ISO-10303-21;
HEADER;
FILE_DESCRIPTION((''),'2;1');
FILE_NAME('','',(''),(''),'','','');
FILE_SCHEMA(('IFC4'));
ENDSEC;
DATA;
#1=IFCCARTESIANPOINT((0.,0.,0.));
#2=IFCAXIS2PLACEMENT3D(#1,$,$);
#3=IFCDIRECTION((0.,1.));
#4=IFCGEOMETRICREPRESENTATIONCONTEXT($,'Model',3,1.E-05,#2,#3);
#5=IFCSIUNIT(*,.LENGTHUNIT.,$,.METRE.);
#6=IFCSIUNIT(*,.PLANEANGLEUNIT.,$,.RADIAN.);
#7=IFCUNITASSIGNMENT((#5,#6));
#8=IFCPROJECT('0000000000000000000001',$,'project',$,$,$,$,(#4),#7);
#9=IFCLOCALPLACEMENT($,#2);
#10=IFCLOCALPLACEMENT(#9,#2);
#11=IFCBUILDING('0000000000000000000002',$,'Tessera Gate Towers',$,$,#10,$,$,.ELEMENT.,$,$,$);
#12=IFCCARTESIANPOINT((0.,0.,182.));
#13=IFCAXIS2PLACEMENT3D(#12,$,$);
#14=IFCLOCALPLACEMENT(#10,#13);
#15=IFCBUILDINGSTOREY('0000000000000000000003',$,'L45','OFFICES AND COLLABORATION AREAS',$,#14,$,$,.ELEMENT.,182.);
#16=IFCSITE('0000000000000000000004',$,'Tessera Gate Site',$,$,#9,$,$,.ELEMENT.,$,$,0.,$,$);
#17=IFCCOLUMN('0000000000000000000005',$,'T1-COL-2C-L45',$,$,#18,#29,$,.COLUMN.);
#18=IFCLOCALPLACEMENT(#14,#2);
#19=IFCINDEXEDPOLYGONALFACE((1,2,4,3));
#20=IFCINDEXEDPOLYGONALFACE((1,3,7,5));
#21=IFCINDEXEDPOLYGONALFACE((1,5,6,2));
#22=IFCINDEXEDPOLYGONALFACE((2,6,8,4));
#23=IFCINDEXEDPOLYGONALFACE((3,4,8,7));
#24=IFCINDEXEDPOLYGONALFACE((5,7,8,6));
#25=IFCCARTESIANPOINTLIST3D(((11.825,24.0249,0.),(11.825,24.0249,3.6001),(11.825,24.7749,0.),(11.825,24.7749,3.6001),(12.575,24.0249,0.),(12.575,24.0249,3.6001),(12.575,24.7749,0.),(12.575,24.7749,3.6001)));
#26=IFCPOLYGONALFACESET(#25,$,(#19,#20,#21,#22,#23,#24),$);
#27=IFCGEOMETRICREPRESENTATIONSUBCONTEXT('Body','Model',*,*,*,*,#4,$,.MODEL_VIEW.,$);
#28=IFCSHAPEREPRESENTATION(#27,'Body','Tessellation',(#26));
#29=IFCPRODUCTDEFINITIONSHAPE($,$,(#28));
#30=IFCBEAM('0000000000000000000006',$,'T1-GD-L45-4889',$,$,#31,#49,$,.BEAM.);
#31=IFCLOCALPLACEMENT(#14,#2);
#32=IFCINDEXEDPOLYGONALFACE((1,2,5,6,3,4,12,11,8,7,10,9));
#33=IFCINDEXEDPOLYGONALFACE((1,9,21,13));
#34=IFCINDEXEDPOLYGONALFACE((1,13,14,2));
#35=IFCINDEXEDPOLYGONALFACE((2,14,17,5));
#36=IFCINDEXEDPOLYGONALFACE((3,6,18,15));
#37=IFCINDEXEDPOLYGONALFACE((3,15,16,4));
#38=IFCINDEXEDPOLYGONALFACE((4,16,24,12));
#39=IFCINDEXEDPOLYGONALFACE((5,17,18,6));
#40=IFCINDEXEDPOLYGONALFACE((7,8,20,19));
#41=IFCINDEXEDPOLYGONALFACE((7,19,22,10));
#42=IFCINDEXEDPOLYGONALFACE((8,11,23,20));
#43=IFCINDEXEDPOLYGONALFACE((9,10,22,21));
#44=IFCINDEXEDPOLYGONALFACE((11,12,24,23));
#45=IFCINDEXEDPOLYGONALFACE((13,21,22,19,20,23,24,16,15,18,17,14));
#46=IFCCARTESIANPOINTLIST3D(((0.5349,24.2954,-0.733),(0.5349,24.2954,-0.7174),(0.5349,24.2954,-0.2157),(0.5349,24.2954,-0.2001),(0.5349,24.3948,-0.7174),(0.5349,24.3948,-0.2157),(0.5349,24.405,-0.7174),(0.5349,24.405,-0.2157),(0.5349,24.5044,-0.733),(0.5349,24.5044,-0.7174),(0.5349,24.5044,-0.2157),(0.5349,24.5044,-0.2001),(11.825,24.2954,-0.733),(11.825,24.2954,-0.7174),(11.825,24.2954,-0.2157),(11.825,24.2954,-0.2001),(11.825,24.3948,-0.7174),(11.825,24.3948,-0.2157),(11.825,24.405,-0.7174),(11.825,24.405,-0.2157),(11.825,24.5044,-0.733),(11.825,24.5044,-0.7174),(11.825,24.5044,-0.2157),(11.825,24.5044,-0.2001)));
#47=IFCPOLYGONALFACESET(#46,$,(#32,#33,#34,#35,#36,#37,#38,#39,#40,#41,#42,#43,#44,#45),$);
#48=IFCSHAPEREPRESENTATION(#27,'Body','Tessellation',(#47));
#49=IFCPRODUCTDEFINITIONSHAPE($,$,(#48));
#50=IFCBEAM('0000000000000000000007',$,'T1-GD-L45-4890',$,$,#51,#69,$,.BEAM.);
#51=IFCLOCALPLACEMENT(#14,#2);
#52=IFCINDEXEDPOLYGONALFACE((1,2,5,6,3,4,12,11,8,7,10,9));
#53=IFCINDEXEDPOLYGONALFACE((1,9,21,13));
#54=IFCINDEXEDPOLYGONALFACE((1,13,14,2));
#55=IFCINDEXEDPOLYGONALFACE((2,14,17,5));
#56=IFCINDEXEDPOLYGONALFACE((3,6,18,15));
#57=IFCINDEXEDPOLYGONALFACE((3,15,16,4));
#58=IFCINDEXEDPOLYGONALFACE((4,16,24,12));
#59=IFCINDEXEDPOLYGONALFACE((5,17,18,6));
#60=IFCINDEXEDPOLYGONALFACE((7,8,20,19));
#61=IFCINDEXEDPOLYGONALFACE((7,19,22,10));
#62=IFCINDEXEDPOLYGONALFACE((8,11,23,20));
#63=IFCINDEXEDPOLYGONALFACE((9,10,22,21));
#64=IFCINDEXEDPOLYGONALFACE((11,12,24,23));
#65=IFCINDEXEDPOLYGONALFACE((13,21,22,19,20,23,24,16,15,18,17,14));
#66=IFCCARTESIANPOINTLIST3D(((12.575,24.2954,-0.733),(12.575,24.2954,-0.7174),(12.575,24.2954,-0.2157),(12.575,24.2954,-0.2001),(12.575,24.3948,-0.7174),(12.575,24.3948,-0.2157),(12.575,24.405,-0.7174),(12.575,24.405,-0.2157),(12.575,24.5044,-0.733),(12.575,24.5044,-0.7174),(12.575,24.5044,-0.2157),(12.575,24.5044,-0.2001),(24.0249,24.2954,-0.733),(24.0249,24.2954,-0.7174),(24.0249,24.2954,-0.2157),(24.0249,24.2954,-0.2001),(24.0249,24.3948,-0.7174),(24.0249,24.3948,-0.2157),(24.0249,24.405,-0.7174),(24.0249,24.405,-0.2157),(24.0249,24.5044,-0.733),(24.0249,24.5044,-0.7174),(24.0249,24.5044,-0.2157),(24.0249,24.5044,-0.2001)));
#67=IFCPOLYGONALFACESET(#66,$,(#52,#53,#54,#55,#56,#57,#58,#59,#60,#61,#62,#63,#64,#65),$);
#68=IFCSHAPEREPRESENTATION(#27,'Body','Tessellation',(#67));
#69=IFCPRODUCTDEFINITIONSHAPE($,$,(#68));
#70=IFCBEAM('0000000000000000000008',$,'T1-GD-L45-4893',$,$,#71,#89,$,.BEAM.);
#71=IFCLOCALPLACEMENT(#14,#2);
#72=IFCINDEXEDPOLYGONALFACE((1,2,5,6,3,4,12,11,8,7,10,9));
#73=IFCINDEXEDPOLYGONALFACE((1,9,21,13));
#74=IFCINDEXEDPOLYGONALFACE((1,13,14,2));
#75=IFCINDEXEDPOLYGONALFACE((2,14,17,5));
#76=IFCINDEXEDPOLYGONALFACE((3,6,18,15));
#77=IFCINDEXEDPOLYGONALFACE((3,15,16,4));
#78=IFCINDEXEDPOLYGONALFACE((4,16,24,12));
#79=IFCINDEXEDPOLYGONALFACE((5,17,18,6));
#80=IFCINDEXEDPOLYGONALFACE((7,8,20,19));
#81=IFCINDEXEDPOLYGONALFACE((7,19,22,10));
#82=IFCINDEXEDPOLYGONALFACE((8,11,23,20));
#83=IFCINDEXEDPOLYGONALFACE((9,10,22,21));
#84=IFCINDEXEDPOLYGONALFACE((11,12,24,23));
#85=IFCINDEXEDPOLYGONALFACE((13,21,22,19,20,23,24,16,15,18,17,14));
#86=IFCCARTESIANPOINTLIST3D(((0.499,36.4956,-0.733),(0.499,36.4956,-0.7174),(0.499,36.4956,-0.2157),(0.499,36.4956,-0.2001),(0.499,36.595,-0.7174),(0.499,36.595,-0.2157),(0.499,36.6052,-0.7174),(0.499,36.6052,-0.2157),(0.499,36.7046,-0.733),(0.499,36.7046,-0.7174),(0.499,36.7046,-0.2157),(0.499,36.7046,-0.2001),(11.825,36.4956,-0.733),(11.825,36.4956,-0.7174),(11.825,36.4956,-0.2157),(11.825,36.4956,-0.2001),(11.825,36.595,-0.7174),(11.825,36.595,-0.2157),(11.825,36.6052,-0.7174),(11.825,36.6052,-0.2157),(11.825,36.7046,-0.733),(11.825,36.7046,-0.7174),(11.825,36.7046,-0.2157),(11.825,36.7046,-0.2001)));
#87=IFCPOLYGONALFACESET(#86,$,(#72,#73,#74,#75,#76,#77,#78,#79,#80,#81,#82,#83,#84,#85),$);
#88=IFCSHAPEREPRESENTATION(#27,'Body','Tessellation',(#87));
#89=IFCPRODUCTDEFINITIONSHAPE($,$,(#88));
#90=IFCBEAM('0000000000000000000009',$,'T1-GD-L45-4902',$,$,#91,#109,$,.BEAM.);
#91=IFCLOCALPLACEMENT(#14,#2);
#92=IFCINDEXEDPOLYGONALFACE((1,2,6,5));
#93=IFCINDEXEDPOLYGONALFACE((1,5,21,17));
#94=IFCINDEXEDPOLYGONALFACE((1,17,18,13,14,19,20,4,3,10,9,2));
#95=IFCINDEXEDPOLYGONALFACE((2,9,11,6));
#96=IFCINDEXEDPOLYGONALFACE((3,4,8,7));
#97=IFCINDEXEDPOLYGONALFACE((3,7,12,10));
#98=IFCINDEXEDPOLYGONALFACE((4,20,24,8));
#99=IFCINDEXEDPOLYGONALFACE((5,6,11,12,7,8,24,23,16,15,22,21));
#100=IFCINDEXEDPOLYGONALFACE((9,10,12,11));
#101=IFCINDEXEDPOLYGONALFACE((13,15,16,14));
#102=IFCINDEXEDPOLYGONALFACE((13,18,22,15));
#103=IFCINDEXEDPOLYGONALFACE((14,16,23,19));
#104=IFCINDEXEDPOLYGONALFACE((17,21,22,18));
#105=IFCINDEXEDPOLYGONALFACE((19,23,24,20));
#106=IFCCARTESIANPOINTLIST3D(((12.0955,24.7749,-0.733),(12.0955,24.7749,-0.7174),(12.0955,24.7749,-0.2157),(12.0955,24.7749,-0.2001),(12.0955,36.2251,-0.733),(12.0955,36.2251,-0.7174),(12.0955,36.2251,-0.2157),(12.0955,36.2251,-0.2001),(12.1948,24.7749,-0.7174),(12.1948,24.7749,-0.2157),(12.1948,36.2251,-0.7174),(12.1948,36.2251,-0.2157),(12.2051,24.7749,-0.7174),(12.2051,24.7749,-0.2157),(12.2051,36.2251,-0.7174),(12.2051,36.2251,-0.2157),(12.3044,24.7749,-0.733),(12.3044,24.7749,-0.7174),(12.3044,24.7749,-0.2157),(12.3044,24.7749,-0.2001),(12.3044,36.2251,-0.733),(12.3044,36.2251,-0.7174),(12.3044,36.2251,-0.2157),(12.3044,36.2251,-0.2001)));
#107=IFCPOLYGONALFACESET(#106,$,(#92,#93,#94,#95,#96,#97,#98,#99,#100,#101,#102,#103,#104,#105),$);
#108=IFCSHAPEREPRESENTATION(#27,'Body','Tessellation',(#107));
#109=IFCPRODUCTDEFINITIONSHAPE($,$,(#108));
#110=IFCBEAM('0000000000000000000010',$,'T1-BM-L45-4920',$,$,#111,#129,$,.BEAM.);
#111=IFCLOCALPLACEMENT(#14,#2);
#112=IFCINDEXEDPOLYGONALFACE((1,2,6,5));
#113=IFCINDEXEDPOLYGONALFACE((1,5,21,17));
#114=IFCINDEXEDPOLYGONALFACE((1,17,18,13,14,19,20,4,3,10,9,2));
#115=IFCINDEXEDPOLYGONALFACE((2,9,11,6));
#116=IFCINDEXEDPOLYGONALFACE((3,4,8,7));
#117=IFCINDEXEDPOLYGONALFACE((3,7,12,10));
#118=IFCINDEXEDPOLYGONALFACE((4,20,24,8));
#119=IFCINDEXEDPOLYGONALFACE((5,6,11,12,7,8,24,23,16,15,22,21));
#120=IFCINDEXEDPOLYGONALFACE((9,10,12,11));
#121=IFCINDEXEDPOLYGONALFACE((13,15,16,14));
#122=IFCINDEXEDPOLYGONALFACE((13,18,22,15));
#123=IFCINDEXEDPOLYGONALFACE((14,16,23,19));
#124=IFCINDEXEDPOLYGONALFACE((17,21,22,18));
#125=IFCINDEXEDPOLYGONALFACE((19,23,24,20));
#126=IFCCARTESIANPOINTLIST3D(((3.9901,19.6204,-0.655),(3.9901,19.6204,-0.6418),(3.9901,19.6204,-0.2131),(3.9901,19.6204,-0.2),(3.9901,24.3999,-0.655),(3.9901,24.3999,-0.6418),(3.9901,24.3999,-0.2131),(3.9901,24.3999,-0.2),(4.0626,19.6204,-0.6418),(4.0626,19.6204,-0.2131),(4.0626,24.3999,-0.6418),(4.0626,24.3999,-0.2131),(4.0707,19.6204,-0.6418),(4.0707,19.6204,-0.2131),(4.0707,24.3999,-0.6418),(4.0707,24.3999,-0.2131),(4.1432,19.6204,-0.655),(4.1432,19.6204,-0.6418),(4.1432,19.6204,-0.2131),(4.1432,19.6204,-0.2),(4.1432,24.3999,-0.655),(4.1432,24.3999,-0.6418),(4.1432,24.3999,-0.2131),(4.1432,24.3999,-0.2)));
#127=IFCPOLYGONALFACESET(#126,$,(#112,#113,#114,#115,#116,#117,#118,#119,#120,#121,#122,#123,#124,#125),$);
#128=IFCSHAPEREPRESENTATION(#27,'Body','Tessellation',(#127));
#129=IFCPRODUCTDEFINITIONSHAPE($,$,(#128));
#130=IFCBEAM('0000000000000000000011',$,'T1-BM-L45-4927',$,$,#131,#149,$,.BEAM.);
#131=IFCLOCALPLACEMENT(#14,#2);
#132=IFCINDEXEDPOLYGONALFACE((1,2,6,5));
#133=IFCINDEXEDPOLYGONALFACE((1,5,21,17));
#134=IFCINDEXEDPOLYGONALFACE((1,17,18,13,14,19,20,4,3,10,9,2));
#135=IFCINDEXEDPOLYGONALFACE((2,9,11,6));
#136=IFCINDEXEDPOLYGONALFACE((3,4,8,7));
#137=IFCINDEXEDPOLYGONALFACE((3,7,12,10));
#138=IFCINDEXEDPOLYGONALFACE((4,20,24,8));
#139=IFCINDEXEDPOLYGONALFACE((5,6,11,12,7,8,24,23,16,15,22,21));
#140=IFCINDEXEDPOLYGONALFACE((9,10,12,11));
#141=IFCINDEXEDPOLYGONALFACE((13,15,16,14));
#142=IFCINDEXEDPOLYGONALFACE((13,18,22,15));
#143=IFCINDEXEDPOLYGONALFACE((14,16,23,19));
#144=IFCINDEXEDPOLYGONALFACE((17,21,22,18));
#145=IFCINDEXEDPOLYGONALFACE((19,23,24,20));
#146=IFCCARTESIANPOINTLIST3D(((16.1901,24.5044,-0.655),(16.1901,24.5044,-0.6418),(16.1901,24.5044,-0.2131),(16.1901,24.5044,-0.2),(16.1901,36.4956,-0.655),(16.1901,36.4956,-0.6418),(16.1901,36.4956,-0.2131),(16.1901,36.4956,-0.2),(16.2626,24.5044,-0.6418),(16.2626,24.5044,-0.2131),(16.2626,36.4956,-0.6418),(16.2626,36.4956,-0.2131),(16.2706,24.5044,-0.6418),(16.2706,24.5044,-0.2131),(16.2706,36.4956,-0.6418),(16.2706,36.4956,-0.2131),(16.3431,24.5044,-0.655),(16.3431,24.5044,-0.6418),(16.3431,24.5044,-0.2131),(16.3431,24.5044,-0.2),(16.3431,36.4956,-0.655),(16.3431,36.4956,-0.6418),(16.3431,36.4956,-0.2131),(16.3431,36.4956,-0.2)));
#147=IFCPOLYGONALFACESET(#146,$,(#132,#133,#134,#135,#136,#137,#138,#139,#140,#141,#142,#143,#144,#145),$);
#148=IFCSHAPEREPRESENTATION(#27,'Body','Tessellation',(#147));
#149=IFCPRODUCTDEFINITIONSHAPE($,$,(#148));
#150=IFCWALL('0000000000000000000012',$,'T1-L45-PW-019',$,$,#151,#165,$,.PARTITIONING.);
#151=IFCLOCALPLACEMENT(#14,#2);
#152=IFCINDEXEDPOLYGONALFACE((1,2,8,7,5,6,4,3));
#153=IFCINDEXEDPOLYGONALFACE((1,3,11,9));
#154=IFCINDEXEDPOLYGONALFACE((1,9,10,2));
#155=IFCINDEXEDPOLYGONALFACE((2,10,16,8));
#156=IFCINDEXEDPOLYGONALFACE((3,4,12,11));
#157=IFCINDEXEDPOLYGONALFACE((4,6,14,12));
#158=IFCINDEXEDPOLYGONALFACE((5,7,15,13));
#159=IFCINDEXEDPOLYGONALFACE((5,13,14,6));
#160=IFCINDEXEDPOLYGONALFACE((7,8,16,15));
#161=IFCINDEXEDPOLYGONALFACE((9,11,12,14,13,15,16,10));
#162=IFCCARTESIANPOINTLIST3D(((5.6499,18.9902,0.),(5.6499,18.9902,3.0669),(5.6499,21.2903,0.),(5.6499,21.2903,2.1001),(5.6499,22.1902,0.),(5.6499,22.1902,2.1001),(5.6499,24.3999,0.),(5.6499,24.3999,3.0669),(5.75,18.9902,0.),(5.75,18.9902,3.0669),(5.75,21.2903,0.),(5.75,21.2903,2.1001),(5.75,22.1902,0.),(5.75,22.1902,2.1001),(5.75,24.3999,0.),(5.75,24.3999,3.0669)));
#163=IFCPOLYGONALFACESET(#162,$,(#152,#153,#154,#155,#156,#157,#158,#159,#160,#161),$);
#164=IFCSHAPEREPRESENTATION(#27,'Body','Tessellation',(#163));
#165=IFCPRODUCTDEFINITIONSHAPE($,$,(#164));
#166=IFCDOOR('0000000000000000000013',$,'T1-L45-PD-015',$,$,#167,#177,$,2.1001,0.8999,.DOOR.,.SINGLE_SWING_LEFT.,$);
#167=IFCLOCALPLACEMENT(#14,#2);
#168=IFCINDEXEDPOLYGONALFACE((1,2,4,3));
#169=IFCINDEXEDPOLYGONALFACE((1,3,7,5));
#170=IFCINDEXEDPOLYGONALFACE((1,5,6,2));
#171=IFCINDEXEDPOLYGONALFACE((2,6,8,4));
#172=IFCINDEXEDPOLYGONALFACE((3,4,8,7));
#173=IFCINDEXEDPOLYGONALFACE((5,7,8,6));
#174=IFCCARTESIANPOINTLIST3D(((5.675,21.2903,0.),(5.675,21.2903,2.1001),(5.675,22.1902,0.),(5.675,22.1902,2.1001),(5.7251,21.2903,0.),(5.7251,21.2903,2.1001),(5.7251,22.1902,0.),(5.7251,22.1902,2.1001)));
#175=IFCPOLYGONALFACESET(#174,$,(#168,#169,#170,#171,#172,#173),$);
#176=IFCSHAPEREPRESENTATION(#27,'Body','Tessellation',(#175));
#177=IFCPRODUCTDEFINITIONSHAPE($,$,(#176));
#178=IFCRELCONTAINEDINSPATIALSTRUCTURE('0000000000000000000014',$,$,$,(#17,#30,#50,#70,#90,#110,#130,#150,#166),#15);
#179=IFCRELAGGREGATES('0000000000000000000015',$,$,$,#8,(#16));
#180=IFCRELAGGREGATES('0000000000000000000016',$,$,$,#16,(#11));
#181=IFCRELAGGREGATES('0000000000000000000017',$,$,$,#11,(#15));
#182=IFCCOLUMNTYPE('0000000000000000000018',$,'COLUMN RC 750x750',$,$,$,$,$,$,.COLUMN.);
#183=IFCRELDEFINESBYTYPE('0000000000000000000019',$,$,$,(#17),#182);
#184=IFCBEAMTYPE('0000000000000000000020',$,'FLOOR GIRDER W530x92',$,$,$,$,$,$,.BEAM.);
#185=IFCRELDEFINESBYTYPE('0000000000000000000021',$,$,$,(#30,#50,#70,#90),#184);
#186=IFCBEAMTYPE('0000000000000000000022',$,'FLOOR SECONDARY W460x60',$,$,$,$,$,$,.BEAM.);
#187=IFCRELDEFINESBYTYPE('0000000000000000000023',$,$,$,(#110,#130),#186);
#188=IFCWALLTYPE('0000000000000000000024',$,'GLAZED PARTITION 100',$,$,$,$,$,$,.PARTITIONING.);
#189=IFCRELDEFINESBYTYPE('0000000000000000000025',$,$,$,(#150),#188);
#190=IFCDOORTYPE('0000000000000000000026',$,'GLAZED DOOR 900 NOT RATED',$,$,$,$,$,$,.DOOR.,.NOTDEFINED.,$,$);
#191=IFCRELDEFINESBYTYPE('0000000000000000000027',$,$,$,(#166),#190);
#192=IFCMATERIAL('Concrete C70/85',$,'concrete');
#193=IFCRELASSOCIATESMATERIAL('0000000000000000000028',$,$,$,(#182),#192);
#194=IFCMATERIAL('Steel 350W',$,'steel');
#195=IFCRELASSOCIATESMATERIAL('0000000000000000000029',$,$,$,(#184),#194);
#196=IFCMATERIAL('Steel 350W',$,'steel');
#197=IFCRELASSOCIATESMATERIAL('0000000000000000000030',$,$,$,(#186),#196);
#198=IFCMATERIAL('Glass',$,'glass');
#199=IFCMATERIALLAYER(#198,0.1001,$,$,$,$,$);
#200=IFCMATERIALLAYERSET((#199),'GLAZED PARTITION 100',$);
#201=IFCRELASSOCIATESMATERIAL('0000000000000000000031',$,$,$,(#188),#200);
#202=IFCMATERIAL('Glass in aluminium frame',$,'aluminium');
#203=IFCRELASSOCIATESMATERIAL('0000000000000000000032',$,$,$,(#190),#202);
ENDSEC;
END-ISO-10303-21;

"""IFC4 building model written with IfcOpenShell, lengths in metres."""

from ifc_helpers import new_model, si_unit, direction, frame, frame_2d, origin, origin_2d, place, context, subcontext, project, spatial, rectangle, i_section, extrude, source, transform, mapped, material, layer, layer_set, material_profile, profile_set, type_object, element, fill, save


model = new_model("IFC4")

# Units and contexts
model_context = context("Model", 3, precision=1e-05, world=origin(), true_north=direction((0.0, 1.0)))
body_context = subcontext(model_context, "Body", "Model", "MODEL_VIEW")
ifc_project = project(units=[si_unit("LENGTHUNIT", "METRE"), si_unit("PLANEANGLEUNIT", "RADIAN")], contexts=[model_context])

# Site, building, storey
site_placement = place(None, origin())
site = spatial("IfcSite", under=ifc_project, at=site_placement, Name="Tessera Gate Site", CompositionType="ELEMENT", RefElevation=0.0)
building_placement = place(site_placement, origin())
building = spatial("IfcBuilding", under=site, at=building_placement, Name="Tessera Gate Towers", CompositionType="ELEMENT")
storey_placement = place(building_placement, frame((0.0, 0.0, 182.0)))
storey = spatial("IfcBuildingStorey", under=building, at=storey_placement, Name="L45", Description="OFFICES AND COLLABORATION AREAS", CompositionType="ELEMENT", Elevation=182.0)

# Column
ifc_material_1 = material(Name="Concrete C70/85", Category="concrete")
ifc_material_profile_1 = material_profile(ifc_material_1, rectangle(XDim=0.75, YDim=0.75, at=origin_2d()), Name="RC 750x750")
ifc_profile_set_1 = profile_set([ifc_material_profile_1], Name="Concrete C70/85")
column_type = type_object("IfcColumnType", Name="COLUMN RC 750x750", PredefinedType="COLUMN", material=ifc_profile_set_1)
column_placement = place(storey_placement, frame((12.2, 24.3999, 0.0), z_axis=(0.0, 0.0, 1.0), x_axis=(1.0, 0.0, 0.0)))
element("IfcColumn", 1, at=column_placement, inside=storey, type_object=column_type, Name="T1-COL-2C-L45", PredefinedType="COLUMN", context=body_context, shape_type="SweptSolid", body=[
    extrude(rectangle(XDim=0.75, YDim=0.75, at=origin_2d()), origin(), (0.0, 0.0, 1.0), 3.6001),
])

# Beams
ifc_material_2 = material(Name="Steel 350W", Category="steel")
ifc_material_profile_2 = material_profile(ifc_material_2, i_section(OverallWidth=0.209, OverallDepth=0.533, WebThickness=0.0103, FlangeThickness=0.0156, at=origin_2d()), Name="W530x92")
ifc_profile_set_2 = profile_set([ifc_material_profile_2], Name="Steel 350W")
beam_type_1 = type_object("IfcBeamType", Name="FLOOR GIRDER W530x92", PredefinedType="BEAM", material=ifc_profile_set_2)
beam_1_placement = place(storey_placement, frame((0.5349, 24.3999, -0.4666), z_axis=(1.0, 0.0, 0.0), x_axis=(0.0, 1.0, 0.0)))
element("IfcBeam", 2, at=beam_1_placement, inside=storey, type_object=beam_type_1, Name="T1-GD-L45-4889", PredefinedType="BEAM", context=body_context, shape_type="SweptSolid", body=[
    extrude(i_section(OverallWidth=0.209, OverallDepth=0.533, WebThickness=0.0103, FlangeThickness=0.0156, at=origin_2d()), origin(), (0.0, 0.0, 1.0), 11.29),
])
beam_2_placement = place(storey_placement, frame((12.575, 24.3999, -0.4666), z_axis=(1.0, 0.0, 0.0), x_axis=(0.0, 1.0, 0.0)))
element("IfcBeam", 3, at=beam_2_placement, inside=storey, type_object=beam_type_1, Name="T1-GD-L45-4890", PredefinedType="BEAM", context=body_context, shape_type="SweptSolid", body=[
    extrude(i_section(OverallWidth=0.209, OverallDepth=0.533, WebThickness=0.0103, FlangeThickness=0.0156, at=origin_2d()), origin(), (0.0, 0.0, 1.0), 11.45),
])
beam_3_placement = place(storey_placement, frame((0.499, 36.6001, -0.4666), z_axis=(1.0, 0.0, 0.0), x_axis=(0.0, 1.0, 0.0)))
element("IfcBeam", 4, at=beam_3_placement, inside=storey, type_object=beam_type_1, Name="T1-GD-L45-4893", PredefinedType="BEAM", context=body_context, shape_type="SweptSolid", body=[
    extrude(i_section(OverallWidth=0.209, OverallDepth=0.533, WebThickness=0.0103, FlangeThickness=0.0156, at=origin_2d()), origin(), (0.0, 0.0, 1.0), 11.3259),
])
beam_4_placement = place(storey_placement, frame((12.2, 24.7749, -0.4666), z_axis=(0.0, 1.0, 0.0), x_axis=(-1.0, 0.0, 0.0)))
element("IfcBeam", 5, at=beam_4_placement, inside=storey, type_object=beam_type_1, Name="T1-GD-L45-4902", PredefinedType="BEAM", context=body_context, shape_type="SweptSolid", body=[
    extrude(i_section(OverallWidth=0.209, OverallDepth=0.533, WebThickness=0.0103, FlangeThickness=0.0156, at=origin_2d()), origin(), (0.0, 0.0, 1.0), 11.4502),
])
ifc_material_3 = material(Name="Steel 350W", Category="steel")
ifc_material_profile_3 = material_profile(ifc_material_3, i_section(OverallWidth=0.1531, OverallDepth=0.4551, WebThickness=0.0081, FlangeThickness=0.0132, at=origin_2d()), Name="W460x60")
ifc_profile_set_3 = profile_set([ifc_material_profile_3], Name="Steel 350W")
beam_type_2 = type_object("IfcBeamType", Name="FLOOR SECONDARY W460x60", PredefinedType="BEAM", material=ifc_profile_set_3)
beam_5_placement = place(storey_placement, frame((4.0667, 19.6204, -0.4275), z_axis=(0.0, 1.0, 0.0), x_axis=(-1.0, 0.0, 0.0)))
element("IfcBeam", 6, at=beam_5_placement, inside=storey, type_object=beam_type_2, Name="T1-BM-L45-4920", PredefinedType="BEAM", context=body_context, shape_type="SweptSolid", body=[
    extrude(i_section(OverallWidth=0.1531, OverallDepth=0.4551, WebThickness=0.0081, FlangeThickness=0.0132, at=origin_2d()), origin(), (0.0, 0.0, 1.0), 4.7795),
])
beam_6_placement = place(storey_placement, frame((16.2666, 24.5044, -0.4275), z_axis=(0.0, 1.0, 0.0), x_axis=(-1.0, 0.0, 0.0)))
element("IfcBeam", 7, at=beam_6_placement, inside=storey, type_object=beam_type_2, Name="T1-BM-L45-4927", PredefinedType="BEAM", context=body_context, shape_type="SweptSolid", body=[
    extrude(i_section(OverallWidth=0.1531, OverallDepth=0.4551, WebThickness=0.0081, FlangeThickness=0.0132, at=origin_2d()), origin(), (0.0, 0.0, 1.0), 11.9912),
])

# Wall, opening, door
ifc_material_4 = material(Name="Glass", Category="glass")
ifc_layer_1 = layer(ifc_material_4, 0.1001)
ifc_layer_set_1 = layer_set([ifc_layer_1], Name="GLAZED PARTITION 100")
wall_type_1 = type_object("IfcWallType", Name="GLAZED PARTITION 100", PredefinedType="PARTITIONING", material=ifc_layer_set_1)
wall_1_placement = place(storey_placement, frame((5.7, 18.9902, 0.0), z_axis=(0.0, 0.0, 1.0), x_axis=(0.0, 1.0, 0.0)))
wall_1 = element("IfcWall", 8, at=wall_1_placement, inside=storey, type_object=wall_type_1, Name="T1-L45-PW-019", PredefinedType="PARTITIONING", context=body_context, shape_type="SweptSolid", body=[
    extrude(rectangle(XDim=5.4097, YDim=0.1001, at=frame_2d((2.7048, 0.0))), origin(), (0.0, 0.0, 1.0), 3.0669),
])
shared_shape_1 = source(origin(), body_context, "Body", "SweptSolid", [
    extrude(rectangle(XDim=0.8999, YDim=2.1001, at=frame_2d((0.45, 1.05))), frame((0.0, 0.0601, 0.0), z_axis=(0.0, -1.0, 0.0), x_axis=(1.0, 0.0, 0.0)), (0.0, 0.0, 1.0), 0.1201),
])
opening_1_placement = place(wall_1_placement, frame((2.3, 0.0, 0.0)))
opening_1 = element("IfcOpeningElement", 9, at=opening_1_placement, cuts=wall_1, PredefinedType="OPENING", context=body_context, shape_type="MappedRepresentation", body=[
    mapped(shared_shape_1, transform((0.0, 0.0, 0.0), scale=1.0)),
])
ifc_material_5 = material(Name="Glass in aluminium frame", Category="aluminium")
door_type_1 = type_object("IfcDoorType", Name="GLAZED DOOR 900 NOT RATED", OperationType="NOTDEFINED", PredefinedType="DOOR", material=ifc_material_5)
shared_shape_2 = source(origin(), body_context, "Body", "SweptSolid", [
    extrude(rectangle(XDim=0.8999, YDim=2.1001, at=frame_2d((0.45, 1.05))), frame((0.0, 0.0249, 0.0), z_axis=(0.0, -1.0, 0.0), x_axis=(1.0, 0.0, 0.0)), (0.0, 0.0, 1.0), 0.05),
])
door_1_placement = place(opening_1_placement, origin())
door_1 = element("IfcDoor", 10, at=door_1_placement, inside=storey, type_object=door_type_1, Name="T1-L45-PD-015", OperationType="SINGLE_SWING_LEFT", OverallHeight=2.1001, OverallWidth=0.8999, PredefinedType="DOOR", context=body_context, shape_type="MappedRepresentation", body=[
    mapped(shared_shape_2, transform((0.0, 0.0, 0.0), scale=1.0)),
])
fill(opening_1, door_1)

save(model, "model.ifc")
